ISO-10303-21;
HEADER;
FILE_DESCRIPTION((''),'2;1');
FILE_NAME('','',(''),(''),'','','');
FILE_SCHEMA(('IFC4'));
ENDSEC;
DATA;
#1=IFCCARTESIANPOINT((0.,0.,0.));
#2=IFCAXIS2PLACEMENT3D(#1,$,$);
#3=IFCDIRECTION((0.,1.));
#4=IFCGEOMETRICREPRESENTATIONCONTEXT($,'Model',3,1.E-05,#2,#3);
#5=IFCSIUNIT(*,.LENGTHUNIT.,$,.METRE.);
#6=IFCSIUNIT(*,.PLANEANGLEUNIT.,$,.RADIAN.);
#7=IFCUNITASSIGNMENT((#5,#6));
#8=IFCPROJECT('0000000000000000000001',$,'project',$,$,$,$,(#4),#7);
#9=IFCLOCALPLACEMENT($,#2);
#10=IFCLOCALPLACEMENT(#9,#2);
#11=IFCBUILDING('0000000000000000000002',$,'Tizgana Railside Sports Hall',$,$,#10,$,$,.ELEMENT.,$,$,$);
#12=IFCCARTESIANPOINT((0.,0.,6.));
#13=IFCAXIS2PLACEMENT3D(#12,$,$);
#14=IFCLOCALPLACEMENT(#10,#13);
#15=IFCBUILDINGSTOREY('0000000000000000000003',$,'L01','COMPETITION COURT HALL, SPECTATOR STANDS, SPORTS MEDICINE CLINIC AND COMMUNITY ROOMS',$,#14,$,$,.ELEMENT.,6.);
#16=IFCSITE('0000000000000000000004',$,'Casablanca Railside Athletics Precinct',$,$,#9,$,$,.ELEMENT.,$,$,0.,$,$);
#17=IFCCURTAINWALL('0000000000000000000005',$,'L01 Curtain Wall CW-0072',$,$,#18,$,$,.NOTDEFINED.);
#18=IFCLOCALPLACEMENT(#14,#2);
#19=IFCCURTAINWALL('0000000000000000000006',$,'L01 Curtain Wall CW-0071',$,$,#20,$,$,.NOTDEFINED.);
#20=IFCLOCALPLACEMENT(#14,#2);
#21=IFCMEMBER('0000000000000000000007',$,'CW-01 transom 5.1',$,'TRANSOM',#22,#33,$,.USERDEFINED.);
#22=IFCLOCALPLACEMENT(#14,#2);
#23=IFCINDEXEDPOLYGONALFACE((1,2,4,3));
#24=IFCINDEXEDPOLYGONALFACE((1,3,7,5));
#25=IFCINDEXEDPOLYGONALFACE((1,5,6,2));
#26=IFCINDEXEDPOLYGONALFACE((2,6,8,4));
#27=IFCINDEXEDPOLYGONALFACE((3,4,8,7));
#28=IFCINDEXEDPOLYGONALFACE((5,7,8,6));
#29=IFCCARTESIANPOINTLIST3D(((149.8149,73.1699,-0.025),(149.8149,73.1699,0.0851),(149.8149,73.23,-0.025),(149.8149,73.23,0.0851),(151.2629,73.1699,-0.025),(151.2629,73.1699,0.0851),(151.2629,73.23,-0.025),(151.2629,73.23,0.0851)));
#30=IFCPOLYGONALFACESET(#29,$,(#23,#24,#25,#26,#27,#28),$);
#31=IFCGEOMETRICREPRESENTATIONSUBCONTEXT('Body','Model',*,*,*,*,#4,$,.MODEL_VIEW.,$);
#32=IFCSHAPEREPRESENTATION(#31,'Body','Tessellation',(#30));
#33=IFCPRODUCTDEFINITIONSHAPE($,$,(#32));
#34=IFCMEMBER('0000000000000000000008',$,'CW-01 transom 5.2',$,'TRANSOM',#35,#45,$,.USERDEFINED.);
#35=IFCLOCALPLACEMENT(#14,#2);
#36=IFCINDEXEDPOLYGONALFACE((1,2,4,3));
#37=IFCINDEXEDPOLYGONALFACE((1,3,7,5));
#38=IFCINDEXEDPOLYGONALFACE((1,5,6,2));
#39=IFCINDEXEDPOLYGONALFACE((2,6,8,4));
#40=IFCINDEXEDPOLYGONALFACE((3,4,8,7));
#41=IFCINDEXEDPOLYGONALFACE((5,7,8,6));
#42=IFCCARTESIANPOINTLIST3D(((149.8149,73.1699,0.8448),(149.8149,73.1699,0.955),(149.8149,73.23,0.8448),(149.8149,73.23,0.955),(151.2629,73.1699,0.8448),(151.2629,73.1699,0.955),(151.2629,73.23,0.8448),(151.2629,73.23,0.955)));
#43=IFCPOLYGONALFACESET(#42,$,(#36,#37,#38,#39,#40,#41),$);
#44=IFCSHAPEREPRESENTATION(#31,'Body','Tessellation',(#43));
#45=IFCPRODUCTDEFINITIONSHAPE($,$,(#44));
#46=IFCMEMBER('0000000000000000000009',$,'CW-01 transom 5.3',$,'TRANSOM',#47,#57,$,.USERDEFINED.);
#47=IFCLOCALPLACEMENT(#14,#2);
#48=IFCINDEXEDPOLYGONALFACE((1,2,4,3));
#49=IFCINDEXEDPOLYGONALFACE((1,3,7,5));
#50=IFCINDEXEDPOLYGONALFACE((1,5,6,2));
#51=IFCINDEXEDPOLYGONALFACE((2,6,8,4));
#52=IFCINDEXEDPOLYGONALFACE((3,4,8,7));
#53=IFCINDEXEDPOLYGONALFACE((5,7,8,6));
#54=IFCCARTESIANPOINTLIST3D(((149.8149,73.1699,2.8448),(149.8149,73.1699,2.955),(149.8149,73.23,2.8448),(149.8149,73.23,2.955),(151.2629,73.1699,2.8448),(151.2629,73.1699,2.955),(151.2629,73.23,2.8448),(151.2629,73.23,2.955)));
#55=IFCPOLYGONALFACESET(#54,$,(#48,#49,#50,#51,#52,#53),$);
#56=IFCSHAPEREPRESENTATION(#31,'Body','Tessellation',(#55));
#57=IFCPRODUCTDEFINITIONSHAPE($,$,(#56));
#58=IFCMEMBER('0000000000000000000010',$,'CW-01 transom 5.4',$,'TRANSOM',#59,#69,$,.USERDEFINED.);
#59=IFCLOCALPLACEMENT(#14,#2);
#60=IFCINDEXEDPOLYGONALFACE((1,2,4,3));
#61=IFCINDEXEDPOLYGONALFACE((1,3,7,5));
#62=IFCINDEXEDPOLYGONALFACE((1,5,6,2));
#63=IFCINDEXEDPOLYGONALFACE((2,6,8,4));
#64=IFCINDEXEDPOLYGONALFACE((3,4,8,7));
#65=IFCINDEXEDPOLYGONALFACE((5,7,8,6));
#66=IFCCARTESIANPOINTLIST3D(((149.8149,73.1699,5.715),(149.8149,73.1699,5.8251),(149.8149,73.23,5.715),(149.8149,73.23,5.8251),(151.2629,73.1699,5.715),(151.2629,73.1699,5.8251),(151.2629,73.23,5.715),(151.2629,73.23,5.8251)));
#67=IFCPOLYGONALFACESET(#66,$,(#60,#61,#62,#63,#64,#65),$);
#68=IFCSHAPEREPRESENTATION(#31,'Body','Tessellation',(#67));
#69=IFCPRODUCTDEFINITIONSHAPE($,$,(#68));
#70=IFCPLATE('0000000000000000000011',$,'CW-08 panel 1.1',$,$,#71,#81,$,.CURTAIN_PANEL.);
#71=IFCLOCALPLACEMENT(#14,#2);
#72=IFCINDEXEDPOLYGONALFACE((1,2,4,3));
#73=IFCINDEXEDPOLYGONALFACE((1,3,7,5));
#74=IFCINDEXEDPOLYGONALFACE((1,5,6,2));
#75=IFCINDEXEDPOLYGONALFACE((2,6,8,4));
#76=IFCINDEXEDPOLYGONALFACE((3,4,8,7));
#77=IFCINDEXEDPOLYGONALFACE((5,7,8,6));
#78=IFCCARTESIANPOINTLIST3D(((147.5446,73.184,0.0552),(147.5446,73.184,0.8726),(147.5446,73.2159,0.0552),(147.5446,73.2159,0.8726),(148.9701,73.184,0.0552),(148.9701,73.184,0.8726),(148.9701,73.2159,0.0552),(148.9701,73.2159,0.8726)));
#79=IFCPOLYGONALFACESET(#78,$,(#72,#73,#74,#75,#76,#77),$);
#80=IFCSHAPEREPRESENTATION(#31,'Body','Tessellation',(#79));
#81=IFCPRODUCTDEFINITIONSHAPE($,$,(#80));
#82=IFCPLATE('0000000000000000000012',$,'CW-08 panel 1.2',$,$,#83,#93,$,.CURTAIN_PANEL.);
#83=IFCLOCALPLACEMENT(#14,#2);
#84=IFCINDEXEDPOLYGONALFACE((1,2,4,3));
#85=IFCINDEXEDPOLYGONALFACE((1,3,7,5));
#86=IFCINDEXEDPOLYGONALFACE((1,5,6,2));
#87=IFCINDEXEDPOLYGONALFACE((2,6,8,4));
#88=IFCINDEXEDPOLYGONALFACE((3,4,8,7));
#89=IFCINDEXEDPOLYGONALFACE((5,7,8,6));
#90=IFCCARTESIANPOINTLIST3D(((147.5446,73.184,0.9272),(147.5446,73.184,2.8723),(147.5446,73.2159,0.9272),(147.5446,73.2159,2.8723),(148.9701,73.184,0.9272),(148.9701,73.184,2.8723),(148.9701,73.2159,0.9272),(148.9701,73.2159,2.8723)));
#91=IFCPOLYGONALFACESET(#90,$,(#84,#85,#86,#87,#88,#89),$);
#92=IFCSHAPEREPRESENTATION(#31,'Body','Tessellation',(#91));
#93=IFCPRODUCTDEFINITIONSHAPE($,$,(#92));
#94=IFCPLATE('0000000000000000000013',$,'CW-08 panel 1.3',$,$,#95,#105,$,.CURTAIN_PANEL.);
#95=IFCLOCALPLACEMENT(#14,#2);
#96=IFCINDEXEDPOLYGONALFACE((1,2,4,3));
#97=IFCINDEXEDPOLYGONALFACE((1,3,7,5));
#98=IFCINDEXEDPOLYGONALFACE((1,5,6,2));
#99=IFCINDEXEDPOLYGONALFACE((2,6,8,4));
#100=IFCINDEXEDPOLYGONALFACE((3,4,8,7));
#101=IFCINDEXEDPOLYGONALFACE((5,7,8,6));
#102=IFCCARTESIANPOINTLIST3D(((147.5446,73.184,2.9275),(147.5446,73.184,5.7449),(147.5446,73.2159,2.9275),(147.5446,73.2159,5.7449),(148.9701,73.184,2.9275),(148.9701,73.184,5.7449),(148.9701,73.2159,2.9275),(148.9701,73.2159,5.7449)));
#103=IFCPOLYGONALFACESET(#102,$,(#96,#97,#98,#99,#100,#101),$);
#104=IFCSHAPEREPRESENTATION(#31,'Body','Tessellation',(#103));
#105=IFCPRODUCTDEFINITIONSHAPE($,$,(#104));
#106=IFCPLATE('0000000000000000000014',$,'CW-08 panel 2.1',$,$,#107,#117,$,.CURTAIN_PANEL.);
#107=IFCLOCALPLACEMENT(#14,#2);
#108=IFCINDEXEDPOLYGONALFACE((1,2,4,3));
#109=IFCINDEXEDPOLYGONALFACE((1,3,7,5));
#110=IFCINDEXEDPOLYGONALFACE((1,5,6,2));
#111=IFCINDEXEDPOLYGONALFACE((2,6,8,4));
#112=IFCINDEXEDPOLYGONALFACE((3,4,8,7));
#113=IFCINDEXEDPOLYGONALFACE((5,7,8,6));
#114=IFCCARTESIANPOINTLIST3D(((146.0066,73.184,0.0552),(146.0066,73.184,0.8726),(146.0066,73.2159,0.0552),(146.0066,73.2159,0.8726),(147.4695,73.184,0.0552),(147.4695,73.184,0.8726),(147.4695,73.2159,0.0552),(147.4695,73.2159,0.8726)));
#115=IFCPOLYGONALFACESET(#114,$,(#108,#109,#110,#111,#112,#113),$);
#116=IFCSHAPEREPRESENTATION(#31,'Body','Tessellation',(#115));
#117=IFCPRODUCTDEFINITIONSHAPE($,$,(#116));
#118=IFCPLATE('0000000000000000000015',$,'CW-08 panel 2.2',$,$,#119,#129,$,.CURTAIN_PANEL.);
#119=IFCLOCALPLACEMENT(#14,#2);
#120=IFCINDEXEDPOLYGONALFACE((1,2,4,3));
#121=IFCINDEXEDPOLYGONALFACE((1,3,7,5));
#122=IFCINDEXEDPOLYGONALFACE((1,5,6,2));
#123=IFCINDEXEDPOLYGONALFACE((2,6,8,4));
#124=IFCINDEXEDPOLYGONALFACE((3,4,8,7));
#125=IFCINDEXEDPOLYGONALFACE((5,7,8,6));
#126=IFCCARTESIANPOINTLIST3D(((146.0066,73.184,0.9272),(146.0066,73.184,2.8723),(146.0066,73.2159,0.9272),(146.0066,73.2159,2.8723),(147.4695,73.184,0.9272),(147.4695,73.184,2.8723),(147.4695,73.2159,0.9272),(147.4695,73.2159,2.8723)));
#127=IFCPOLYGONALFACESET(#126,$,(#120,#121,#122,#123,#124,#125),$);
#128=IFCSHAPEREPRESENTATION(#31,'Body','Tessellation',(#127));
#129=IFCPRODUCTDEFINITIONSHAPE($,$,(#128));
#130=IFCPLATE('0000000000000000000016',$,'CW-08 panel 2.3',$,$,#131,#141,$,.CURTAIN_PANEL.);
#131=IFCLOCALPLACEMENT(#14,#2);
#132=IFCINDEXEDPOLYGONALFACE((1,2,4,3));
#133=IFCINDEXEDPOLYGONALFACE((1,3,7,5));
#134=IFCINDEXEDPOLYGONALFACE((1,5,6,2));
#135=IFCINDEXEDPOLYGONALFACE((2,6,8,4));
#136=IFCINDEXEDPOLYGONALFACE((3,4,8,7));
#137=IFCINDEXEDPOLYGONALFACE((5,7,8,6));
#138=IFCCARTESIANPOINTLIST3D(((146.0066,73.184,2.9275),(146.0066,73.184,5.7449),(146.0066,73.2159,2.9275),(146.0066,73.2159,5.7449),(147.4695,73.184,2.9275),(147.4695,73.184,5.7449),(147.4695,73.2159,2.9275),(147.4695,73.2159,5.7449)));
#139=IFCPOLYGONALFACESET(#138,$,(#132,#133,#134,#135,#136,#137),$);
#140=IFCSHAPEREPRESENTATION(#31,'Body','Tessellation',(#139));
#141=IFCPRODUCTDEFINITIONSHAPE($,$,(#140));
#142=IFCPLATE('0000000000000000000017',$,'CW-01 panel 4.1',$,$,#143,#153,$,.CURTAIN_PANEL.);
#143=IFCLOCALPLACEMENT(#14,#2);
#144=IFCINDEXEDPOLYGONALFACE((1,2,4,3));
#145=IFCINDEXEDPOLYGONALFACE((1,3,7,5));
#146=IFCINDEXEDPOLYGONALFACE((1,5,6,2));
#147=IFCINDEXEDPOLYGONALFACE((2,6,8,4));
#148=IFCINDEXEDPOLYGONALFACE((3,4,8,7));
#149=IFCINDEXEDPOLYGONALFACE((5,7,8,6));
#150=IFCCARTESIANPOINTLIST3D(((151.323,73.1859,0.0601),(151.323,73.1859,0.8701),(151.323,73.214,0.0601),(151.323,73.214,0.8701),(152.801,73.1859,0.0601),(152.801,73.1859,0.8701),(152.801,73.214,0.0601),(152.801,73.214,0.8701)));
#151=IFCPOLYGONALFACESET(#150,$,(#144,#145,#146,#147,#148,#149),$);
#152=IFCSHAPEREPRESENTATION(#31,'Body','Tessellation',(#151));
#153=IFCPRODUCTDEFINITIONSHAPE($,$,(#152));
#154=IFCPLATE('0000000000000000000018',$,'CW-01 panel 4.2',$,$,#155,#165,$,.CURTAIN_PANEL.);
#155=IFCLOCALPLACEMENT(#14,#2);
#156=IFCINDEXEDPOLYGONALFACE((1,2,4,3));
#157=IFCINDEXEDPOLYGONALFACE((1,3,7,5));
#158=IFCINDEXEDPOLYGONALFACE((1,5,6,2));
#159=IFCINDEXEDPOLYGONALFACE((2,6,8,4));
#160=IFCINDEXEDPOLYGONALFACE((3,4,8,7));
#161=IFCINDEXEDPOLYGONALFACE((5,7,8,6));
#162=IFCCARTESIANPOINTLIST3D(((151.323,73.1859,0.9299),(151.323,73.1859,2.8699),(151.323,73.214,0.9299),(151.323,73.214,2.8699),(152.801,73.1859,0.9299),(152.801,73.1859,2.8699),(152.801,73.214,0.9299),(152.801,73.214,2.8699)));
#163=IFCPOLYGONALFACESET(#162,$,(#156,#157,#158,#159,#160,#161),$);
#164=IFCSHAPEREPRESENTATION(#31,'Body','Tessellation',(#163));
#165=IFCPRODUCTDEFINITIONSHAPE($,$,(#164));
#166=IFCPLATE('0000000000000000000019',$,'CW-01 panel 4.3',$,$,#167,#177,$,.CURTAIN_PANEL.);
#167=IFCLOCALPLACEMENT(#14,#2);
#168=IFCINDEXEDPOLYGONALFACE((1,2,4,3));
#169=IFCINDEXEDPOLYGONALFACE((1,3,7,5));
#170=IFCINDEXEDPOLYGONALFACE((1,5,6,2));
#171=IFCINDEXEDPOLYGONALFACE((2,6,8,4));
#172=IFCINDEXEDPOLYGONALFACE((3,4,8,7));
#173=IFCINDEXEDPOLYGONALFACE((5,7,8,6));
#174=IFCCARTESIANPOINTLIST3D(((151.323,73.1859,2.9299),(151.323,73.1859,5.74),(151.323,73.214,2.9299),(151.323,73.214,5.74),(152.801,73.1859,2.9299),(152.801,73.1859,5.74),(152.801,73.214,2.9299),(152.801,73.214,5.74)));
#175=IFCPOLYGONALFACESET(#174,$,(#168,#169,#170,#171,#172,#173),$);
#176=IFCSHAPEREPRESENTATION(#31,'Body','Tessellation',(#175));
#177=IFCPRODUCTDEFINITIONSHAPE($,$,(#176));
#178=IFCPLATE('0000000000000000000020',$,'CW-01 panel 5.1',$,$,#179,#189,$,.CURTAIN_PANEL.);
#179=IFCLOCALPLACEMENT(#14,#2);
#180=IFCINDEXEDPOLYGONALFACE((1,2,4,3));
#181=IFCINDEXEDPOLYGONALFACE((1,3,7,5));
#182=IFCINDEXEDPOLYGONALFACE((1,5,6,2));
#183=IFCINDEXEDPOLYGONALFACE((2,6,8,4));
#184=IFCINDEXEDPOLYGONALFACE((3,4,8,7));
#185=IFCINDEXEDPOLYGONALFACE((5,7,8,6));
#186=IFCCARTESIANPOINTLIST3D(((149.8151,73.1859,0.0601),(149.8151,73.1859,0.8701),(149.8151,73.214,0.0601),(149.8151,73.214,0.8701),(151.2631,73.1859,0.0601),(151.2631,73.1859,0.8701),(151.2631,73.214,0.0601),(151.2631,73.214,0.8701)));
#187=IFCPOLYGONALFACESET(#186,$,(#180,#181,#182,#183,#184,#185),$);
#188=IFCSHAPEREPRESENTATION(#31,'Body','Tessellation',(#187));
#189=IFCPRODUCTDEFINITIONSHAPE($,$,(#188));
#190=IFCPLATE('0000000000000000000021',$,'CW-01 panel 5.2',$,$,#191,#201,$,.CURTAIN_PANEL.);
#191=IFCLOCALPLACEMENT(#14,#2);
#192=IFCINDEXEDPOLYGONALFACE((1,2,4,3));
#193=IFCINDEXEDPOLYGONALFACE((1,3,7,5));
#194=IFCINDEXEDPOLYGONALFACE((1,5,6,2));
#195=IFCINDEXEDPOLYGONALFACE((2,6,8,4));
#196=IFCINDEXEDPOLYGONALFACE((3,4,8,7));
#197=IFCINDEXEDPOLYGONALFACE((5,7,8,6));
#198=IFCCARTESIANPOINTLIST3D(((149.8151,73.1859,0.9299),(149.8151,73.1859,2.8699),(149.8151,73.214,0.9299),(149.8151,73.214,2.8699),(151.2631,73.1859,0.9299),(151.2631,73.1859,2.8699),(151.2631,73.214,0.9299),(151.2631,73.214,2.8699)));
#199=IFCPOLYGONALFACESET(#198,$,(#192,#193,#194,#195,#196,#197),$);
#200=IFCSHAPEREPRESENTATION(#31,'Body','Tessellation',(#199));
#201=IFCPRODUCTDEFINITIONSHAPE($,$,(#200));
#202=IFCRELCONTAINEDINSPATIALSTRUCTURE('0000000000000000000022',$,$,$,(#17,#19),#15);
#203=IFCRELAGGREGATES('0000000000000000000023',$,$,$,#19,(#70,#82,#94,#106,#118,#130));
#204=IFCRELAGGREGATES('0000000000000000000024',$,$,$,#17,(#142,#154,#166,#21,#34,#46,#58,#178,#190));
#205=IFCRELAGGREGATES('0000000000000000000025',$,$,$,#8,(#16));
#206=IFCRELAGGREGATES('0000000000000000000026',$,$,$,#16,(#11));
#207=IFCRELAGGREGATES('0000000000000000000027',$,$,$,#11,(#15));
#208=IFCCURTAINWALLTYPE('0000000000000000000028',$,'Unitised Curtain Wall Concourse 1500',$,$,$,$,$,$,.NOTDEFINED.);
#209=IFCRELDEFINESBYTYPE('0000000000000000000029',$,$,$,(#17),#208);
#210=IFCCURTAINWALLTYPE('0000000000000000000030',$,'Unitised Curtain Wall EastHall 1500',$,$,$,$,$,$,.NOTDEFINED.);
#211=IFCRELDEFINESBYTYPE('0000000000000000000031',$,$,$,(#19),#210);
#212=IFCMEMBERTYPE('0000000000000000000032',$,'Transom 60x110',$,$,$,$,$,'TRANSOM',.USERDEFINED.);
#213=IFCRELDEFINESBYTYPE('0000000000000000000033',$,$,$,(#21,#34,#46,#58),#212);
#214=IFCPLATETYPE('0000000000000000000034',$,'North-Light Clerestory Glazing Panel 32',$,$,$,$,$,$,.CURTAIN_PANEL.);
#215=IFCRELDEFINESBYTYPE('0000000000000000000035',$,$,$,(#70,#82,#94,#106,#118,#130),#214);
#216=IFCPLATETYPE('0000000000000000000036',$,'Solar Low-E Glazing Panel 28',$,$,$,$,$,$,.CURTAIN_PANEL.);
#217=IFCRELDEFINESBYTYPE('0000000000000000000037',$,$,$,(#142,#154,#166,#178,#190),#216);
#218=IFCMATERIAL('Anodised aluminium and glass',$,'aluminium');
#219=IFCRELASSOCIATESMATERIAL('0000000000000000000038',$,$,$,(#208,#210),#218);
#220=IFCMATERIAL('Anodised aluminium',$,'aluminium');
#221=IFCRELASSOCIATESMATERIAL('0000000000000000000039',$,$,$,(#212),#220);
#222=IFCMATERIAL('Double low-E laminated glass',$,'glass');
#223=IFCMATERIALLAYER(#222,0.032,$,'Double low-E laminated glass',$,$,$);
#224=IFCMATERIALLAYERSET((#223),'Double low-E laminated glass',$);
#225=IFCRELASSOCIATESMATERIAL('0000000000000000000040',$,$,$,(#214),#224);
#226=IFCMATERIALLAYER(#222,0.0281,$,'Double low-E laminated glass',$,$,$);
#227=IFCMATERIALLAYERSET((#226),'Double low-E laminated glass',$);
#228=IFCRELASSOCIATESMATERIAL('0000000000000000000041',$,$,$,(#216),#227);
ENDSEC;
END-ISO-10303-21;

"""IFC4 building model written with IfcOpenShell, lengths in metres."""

from ifc_helpers import new_model, si_unit, direction, frame, origin, origin_2d, place, context, subcontext, project, spatial, rectangle, extrude, material, layer, layer_set, material_profile, profile_set, type_object, element, aggregate, save


model = new_model("IFC4")

# Units and contexts
model_context = context("Model", 3, precision=1e-05, world=origin(), true_north=direction((0.0, 1.0)))
body_context = subcontext(model_context, "Body", "Model", "MODEL_VIEW")
ifc_project = project(units=[si_unit("LENGTHUNIT", "METRE"), si_unit("PLANEANGLEUNIT", "RADIAN")], contexts=[model_context])

# Site, building, storey
site_placement = place(None, origin())
site = spatial("IfcSite", under=ifc_project, at=site_placement, Name="Casablanca Railside Athletics Precinct", CompositionType="ELEMENT", RefElevation=0.0)
building_placement = place(site_placement, origin())
building = spatial("IfcBuilding", under=site, at=building_placement, Name="Tizgana Railside Sports Hall", CompositionType="ELEMENT")
storey_placement = place(building_placement, frame((0.0, 0.0, 6.0)))
storey = spatial("IfcBuildingStorey", under=building, at=storey_placement, Name="L01", Description="COMPETITION COURT HALL, SPECTATOR STANDS, SPORTS MEDICINE CLINIC AND COMMUNITY ROOMS", CompositionType="ELEMENT", Elevation=6.0)

# Curtain walls
ifc_material_1 = material(Name="Anodised aluminium and glass", Category="aluminium")
curtain_wall_type_1 = type_object("IfcCurtainWallType", Name="Unitised Curtain Wall Concourse 1500", PredefinedType="NOTDEFINED", material=ifc_material_1)
curtain_wall_1_placement = place(storey_placement, origin())
curtain_wall_1 = element("IfcCurtainWall", 1, at=curtain_wall_1_placement, inside=storey, type_object=curtain_wall_type_1, Name="L01 Curtain Wall CW-0072", PredefinedType="NOTDEFINED")
ifc_material_2 = material(Name="Anodised aluminium", Category="aluminium")
curtain_wall_type_2 = type_object("IfcCurtainWallType", Name="Unitised Curtain Wall EastHall 1500", PredefinedType="NOTDEFINED", material=ifc_material_1)
curtain_wall_2_placement = place(storey_placement, origin())
curtain_wall_2 = element("IfcCurtainWall", 2, at=curtain_wall_2_placement, inside=storey, type_object=curtain_wall_type_2, Name="L01 Curtain Wall CW-0071", PredefinedType="NOTDEFINED")

# Members
ifc_material_profile_1 = material_profile(ifc_material_2, rectangle(XDim=0.0601, YDim=0.1101, at=origin_2d()), Name="Transom 60x110")
ifc_profile_set_1 = profile_set([ifc_material_profile_1], Name="Anodised aluminium")
member_type_1 = type_object("IfcMemberType", Name="Transom 60x110", ElementType="TRANSOM", PredefinedType="USERDEFINED", material=ifc_profile_set_1)
member_1_placement = place(storey_placement, frame((151.2629, 73.2, 0.03), z_axis=(-1.0, 0.0, 0.0), x_axis=(0.0, -1.0, 0.0)))
member_1 = element("IfcMember", 3, at=member_1_placement, type_object=member_type_1, Name="CW-01 transom 5.1", ObjectType="TRANSOM", PredefinedType="USERDEFINED", context=body_context, shape_type="SweptSolid", body=[
    extrude(rectangle(XDim=0.0601, YDim=0.1101, at=origin_2d()), origin(), (0.0, 0.0, 1.0), 1.448),
])
member_2_placement = place(storey_placement, frame((151.2629, 73.2, 0.8999), z_axis=(-1.0, 0.0, 0.0), x_axis=(0.0, -1.0, 0.0)))
member_2 = element("IfcMember", 4, at=member_2_placement, type_object=member_type_1, Name="CW-01 transom 5.2", ObjectType="TRANSOM", PredefinedType="USERDEFINED", context=body_context, shape_type="SweptSolid", body=[
    extrude(rectangle(XDim=0.0601, YDim=0.1101, at=origin_2d()), origin(), (0.0, 0.0, 1.0), 1.448),
])
member_3_placement = place(storey_placement, frame((151.2629, 73.2, 2.8999), z_axis=(-1.0, 0.0, 0.0), x_axis=(0.0, -1.0, 0.0)))
member_3 = element("IfcMember", 5, at=member_3_placement, type_object=member_type_1, Name="CW-01 transom 5.3", ObjectType="TRANSOM", PredefinedType="USERDEFINED", context=body_context, shape_type="SweptSolid", body=[
    extrude(rectangle(XDim=0.0601, YDim=0.1101, at=origin_2d()), origin(), (0.0, 0.0, 1.0), 1.448),
])
member_4_placement = place(storey_placement, frame((151.2629, 73.2, 5.77), z_axis=(-1.0, 0.0, 0.0), x_axis=(0.0, -1.0, 0.0)))
member_4 = element("IfcMember", 6, at=member_4_placement, type_object=member_type_1, Name="CW-01 transom 5.4", ObjectType="TRANSOM", PredefinedType="USERDEFINED", context=body_context, shape_type="SweptSolid", body=[
    extrude(rectangle(XDim=0.0601, YDim=0.1101, at=origin_2d()), origin(), (0.0, 0.0, 1.0), 1.448),
])

# Plates
ifc_material_3 = material(Name="Double low-E laminated glass", Category="glass")
ifc_layer_1 = layer(ifc_material_3, 0.032, Name="Double low-E laminated glass")
ifc_layer_set_1 = layer_set([ifc_layer_1], Name="Double low-E laminated glass")
plate_type_1 = type_object("IfcPlateType", Name="North-Light Clerestory Glazing Panel 32", PredefinedType="CURTAIN_PANEL", material=ifc_layer_set_1)
plate_1_placement = place(storey_placement, frame((148.2573, 73.2, 0.0552), z_axis=(0.0, 0.0, 1.0), x_axis=(-1.0, 0.0, 0.0)))
plate_1 = element("IfcPlate", 7, at=plate_1_placement, type_object=plate_type_1, Name="CW-08 panel 1.1", PredefinedType="CURTAIN_PANEL", context=body_context, shape_type="SweptSolid", body=[
    extrude(rectangle(XDim=1.4255, YDim=0.032, at=origin_2d()), origin(), (0.0, 0.0, 1.0), 0.8174),
])
plate_2_placement = place(storey_placement, frame((148.2573, 73.2, 0.9272), z_axis=(0.0, 0.0, 1.0), x_axis=(-1.0, 0.0, 0.0)))
plate_2 = element("IfcPlate", 8, at=plate_2_placement, type_object=plate_type_1, Name="CW-08 panel 1.2", PredefinedType="CURTAIN_PANEL", context=body_context, shape_type="SweptSolid", body=[
    extrude(rectangle(XDim=1.4255, YDim=0.032, at=origin_2d()), origin(), (0.0, 0.0, 1.0), 1.9451),
])
plate_3_placement = place(storey_placement, frame((148.2573, 73.2, 2.9275), z_axis=(0.0, 0.0, 1.0), x_axis=(-1.0, 0.0, 0.0)))
plate_3 = element("IfcPlate", 9, at=plate_3_placement, type_object=plate_type_1, Name="CW-08 panel 1.3", PredefinedType="CURTAIN_PANEL", context=body_context, shape_type="SweptSolid", body=[
    extrude(rectangle(XDim=1.4255, YDim=0.032, at=origin_2d()), origin(), (0.0, 0.0, 1.0), 2.8174),
])
plate_4_placement = place(storey_placement, frame((146.738, 73.2, 0.0552), z_axis=(0.0, 0.0, 1.0), x_axis=(-1.0, 0.0, 0.0)))
plate_4 = element("IfcPlate", 10, at=plate_4_placement, type_object=plate_type_1, Name="CW-08 panel 2.1", PredefinedType="CURTAIN_PANEL", context=body_context, shape_type="SweptSolid", body=[
    extrude(rectangle(XDim=1.4629, YDim=0.032, at=origin_2d()), origin(), (0.0, 0.0, 1.0), 0.8174),
])
plate_5_placement = place(storey_placement, frame((146.738, 73.2, 0.9272), z_axis=(0.0, 0.0, 1.0), x_axis=(-1.0, 0.0, 0.0)))
plate_5 = element("IfcPlate", 11, at=plate_5_placement, type_object=plate_type_1, Name="CW-08 panel 2.2", PredefinedType="CURTAIN_PANEL", context=body_context, shape_type="SweptSolid", body=[
    extrude(rectangle(XDim=1.4629, YDim=0.032, at=origin_2d()), origin(), (0.0, 0.0, 1.0), 1.9451),
])
plate_6_placement = place(storey_placement, frame((146.738, 73.2, 2.9275), z_axis=(0.0, 0.0, 1.0), x_axis=(-1.0, 0.0, 0.0)))
plate_6 = element("IfcPlate", 12, at=plate_6_placement, type_object=plate_type_1, Name="CW-08 panel 2.3", PredefinedType="CURTAIN_PANEL", context=body_context, shape_type="SweptSolid", body=[
    extrude(rectangle(XDim=1.4629, YDim=0.032, at=origin_2d()), origin(), (0.0, 0.0, 1.0), 2.8174),
])
aggregate(curtain_wall_2, [plate_1, plate_2, plate_3, plate_4, plate_5, plate_6])
ifc_layer_2 = layer(ifc_material_3, 0.0281, Name="Double low-E laminated glass")
ifc_layer_set_2 = layer_set([ifc_layer_2], Name="Double low-E laminated glass")
plate_type_2 = type_object("IfcPlateType", Name="Solar Low-E Glazing Panel 28", PredefinedType="CURTAIN_PANEL", material=ifc_layer_set_2)
plate_7_placement = place(storey_placement, frame((152.062, 73.2, 0.0601), z_axis=(0.0, 0.0, 1.0), x_axis=(-1.0, 0.0, 0.0)))
plate_7 = element("IfcPlate", 13, at=plate_7_placement, type_object=plate_type_2, Name="CW-01 panel 4.1", PredefinedType="CURTAIN_PANEL", context=body_context, shape_type="SweptSolid", body=[
    extrude(rectangle(XDim=1.478, YDim=0.0281, at=origin_2d()), origin(), (0.0, 0.0, 1.0), 0.8101),
])
plate_8_placement = place(storey_placement, frame((152.062, 73.2, 0.9299), z_axis=(0.0, 0.0, 1.0), x_axis=(-1.0, 0.0, 0.0)))
plate_8 = element("IfcPlate", 14, at=plate_8_placement, type_object=plate_type_2, Name="CW-01 panel 4.2", PredefinedType="CURTAIN_PANEL", context=body_context, shape_type="SweptSolid", body=[
    extrude(rectangle(XDim=1.478, YDim=0.0281, at=origin_2d()), origin(), (0.0, 0.0, 1.0), 1.9399),
])
plate_9_placement = place(storey_placement, frame((152.062, 73.2, 2.9299), z_axis=(0.0, 0.0, 1.0), x_axis=(-1.0, 0.0, 0.0)))
plate_9 = element("IfcPlate", 15, at=plate_9_placement, type_object=plate_type_2, Name="CW-01 panel 4.3", PredefinedType="CURTAIN_PANEL", context=body_context, shape_type="SweptSolid", body=[
    extrude(rectangle(XDim=1.478, YDim=0.0281, at=origin_2d()), origin(), (0.0, 0.0, 1.0), 2.8101),
])
plate_10_placement = place(storey_placement, frame((150.5391, 73.2, 0.0601), z_axis=(0.0, 0.0, 1.0), x_axis=(-1.0, 0.0, 0.0)))
plate_10 = element("IfcPlate", 16, at=plate_10_placement, type_object=plate_type_2, Name="CW-01 panel 5.1", PredefinedType="CURTAIN_PANEL", context=body_context, shape_type="SweptSolid", body=[
    extrude(rectangle(XDim=1.448, YDim=0.0281, at=origin_2d()), origin(), (0.0, 0.0, 1.0), 0.8101),
])
plate_11_placement = place(storey_placement, frame((150.5391, 73.2, 0.9299), z_axis=(0.0, 0.0, 1.0), x_axis=(-1.0, 0.0, 0.0)))
plate_11 = element("IfcPlate", 17, at=plate_11_placement, type_object=plate_type_2, Name="CW-01 panel 5.2", PredefinedType="CURTAIN_PANEL", context=body_context, shape_type="SweptSolid", body=[
    extrude(rectangle(XDim=1.448, YDim=0.0281, at=origin_2d()), origin(), (0.0, 0.0, 1.0), 1.9399),
])
aggregate(curtain_wall_1, [plate_7, plate_8, plate_9, member_1, member_2, member_3, member_4, plate_10, plate_11])

save(model, "model.ifc")
